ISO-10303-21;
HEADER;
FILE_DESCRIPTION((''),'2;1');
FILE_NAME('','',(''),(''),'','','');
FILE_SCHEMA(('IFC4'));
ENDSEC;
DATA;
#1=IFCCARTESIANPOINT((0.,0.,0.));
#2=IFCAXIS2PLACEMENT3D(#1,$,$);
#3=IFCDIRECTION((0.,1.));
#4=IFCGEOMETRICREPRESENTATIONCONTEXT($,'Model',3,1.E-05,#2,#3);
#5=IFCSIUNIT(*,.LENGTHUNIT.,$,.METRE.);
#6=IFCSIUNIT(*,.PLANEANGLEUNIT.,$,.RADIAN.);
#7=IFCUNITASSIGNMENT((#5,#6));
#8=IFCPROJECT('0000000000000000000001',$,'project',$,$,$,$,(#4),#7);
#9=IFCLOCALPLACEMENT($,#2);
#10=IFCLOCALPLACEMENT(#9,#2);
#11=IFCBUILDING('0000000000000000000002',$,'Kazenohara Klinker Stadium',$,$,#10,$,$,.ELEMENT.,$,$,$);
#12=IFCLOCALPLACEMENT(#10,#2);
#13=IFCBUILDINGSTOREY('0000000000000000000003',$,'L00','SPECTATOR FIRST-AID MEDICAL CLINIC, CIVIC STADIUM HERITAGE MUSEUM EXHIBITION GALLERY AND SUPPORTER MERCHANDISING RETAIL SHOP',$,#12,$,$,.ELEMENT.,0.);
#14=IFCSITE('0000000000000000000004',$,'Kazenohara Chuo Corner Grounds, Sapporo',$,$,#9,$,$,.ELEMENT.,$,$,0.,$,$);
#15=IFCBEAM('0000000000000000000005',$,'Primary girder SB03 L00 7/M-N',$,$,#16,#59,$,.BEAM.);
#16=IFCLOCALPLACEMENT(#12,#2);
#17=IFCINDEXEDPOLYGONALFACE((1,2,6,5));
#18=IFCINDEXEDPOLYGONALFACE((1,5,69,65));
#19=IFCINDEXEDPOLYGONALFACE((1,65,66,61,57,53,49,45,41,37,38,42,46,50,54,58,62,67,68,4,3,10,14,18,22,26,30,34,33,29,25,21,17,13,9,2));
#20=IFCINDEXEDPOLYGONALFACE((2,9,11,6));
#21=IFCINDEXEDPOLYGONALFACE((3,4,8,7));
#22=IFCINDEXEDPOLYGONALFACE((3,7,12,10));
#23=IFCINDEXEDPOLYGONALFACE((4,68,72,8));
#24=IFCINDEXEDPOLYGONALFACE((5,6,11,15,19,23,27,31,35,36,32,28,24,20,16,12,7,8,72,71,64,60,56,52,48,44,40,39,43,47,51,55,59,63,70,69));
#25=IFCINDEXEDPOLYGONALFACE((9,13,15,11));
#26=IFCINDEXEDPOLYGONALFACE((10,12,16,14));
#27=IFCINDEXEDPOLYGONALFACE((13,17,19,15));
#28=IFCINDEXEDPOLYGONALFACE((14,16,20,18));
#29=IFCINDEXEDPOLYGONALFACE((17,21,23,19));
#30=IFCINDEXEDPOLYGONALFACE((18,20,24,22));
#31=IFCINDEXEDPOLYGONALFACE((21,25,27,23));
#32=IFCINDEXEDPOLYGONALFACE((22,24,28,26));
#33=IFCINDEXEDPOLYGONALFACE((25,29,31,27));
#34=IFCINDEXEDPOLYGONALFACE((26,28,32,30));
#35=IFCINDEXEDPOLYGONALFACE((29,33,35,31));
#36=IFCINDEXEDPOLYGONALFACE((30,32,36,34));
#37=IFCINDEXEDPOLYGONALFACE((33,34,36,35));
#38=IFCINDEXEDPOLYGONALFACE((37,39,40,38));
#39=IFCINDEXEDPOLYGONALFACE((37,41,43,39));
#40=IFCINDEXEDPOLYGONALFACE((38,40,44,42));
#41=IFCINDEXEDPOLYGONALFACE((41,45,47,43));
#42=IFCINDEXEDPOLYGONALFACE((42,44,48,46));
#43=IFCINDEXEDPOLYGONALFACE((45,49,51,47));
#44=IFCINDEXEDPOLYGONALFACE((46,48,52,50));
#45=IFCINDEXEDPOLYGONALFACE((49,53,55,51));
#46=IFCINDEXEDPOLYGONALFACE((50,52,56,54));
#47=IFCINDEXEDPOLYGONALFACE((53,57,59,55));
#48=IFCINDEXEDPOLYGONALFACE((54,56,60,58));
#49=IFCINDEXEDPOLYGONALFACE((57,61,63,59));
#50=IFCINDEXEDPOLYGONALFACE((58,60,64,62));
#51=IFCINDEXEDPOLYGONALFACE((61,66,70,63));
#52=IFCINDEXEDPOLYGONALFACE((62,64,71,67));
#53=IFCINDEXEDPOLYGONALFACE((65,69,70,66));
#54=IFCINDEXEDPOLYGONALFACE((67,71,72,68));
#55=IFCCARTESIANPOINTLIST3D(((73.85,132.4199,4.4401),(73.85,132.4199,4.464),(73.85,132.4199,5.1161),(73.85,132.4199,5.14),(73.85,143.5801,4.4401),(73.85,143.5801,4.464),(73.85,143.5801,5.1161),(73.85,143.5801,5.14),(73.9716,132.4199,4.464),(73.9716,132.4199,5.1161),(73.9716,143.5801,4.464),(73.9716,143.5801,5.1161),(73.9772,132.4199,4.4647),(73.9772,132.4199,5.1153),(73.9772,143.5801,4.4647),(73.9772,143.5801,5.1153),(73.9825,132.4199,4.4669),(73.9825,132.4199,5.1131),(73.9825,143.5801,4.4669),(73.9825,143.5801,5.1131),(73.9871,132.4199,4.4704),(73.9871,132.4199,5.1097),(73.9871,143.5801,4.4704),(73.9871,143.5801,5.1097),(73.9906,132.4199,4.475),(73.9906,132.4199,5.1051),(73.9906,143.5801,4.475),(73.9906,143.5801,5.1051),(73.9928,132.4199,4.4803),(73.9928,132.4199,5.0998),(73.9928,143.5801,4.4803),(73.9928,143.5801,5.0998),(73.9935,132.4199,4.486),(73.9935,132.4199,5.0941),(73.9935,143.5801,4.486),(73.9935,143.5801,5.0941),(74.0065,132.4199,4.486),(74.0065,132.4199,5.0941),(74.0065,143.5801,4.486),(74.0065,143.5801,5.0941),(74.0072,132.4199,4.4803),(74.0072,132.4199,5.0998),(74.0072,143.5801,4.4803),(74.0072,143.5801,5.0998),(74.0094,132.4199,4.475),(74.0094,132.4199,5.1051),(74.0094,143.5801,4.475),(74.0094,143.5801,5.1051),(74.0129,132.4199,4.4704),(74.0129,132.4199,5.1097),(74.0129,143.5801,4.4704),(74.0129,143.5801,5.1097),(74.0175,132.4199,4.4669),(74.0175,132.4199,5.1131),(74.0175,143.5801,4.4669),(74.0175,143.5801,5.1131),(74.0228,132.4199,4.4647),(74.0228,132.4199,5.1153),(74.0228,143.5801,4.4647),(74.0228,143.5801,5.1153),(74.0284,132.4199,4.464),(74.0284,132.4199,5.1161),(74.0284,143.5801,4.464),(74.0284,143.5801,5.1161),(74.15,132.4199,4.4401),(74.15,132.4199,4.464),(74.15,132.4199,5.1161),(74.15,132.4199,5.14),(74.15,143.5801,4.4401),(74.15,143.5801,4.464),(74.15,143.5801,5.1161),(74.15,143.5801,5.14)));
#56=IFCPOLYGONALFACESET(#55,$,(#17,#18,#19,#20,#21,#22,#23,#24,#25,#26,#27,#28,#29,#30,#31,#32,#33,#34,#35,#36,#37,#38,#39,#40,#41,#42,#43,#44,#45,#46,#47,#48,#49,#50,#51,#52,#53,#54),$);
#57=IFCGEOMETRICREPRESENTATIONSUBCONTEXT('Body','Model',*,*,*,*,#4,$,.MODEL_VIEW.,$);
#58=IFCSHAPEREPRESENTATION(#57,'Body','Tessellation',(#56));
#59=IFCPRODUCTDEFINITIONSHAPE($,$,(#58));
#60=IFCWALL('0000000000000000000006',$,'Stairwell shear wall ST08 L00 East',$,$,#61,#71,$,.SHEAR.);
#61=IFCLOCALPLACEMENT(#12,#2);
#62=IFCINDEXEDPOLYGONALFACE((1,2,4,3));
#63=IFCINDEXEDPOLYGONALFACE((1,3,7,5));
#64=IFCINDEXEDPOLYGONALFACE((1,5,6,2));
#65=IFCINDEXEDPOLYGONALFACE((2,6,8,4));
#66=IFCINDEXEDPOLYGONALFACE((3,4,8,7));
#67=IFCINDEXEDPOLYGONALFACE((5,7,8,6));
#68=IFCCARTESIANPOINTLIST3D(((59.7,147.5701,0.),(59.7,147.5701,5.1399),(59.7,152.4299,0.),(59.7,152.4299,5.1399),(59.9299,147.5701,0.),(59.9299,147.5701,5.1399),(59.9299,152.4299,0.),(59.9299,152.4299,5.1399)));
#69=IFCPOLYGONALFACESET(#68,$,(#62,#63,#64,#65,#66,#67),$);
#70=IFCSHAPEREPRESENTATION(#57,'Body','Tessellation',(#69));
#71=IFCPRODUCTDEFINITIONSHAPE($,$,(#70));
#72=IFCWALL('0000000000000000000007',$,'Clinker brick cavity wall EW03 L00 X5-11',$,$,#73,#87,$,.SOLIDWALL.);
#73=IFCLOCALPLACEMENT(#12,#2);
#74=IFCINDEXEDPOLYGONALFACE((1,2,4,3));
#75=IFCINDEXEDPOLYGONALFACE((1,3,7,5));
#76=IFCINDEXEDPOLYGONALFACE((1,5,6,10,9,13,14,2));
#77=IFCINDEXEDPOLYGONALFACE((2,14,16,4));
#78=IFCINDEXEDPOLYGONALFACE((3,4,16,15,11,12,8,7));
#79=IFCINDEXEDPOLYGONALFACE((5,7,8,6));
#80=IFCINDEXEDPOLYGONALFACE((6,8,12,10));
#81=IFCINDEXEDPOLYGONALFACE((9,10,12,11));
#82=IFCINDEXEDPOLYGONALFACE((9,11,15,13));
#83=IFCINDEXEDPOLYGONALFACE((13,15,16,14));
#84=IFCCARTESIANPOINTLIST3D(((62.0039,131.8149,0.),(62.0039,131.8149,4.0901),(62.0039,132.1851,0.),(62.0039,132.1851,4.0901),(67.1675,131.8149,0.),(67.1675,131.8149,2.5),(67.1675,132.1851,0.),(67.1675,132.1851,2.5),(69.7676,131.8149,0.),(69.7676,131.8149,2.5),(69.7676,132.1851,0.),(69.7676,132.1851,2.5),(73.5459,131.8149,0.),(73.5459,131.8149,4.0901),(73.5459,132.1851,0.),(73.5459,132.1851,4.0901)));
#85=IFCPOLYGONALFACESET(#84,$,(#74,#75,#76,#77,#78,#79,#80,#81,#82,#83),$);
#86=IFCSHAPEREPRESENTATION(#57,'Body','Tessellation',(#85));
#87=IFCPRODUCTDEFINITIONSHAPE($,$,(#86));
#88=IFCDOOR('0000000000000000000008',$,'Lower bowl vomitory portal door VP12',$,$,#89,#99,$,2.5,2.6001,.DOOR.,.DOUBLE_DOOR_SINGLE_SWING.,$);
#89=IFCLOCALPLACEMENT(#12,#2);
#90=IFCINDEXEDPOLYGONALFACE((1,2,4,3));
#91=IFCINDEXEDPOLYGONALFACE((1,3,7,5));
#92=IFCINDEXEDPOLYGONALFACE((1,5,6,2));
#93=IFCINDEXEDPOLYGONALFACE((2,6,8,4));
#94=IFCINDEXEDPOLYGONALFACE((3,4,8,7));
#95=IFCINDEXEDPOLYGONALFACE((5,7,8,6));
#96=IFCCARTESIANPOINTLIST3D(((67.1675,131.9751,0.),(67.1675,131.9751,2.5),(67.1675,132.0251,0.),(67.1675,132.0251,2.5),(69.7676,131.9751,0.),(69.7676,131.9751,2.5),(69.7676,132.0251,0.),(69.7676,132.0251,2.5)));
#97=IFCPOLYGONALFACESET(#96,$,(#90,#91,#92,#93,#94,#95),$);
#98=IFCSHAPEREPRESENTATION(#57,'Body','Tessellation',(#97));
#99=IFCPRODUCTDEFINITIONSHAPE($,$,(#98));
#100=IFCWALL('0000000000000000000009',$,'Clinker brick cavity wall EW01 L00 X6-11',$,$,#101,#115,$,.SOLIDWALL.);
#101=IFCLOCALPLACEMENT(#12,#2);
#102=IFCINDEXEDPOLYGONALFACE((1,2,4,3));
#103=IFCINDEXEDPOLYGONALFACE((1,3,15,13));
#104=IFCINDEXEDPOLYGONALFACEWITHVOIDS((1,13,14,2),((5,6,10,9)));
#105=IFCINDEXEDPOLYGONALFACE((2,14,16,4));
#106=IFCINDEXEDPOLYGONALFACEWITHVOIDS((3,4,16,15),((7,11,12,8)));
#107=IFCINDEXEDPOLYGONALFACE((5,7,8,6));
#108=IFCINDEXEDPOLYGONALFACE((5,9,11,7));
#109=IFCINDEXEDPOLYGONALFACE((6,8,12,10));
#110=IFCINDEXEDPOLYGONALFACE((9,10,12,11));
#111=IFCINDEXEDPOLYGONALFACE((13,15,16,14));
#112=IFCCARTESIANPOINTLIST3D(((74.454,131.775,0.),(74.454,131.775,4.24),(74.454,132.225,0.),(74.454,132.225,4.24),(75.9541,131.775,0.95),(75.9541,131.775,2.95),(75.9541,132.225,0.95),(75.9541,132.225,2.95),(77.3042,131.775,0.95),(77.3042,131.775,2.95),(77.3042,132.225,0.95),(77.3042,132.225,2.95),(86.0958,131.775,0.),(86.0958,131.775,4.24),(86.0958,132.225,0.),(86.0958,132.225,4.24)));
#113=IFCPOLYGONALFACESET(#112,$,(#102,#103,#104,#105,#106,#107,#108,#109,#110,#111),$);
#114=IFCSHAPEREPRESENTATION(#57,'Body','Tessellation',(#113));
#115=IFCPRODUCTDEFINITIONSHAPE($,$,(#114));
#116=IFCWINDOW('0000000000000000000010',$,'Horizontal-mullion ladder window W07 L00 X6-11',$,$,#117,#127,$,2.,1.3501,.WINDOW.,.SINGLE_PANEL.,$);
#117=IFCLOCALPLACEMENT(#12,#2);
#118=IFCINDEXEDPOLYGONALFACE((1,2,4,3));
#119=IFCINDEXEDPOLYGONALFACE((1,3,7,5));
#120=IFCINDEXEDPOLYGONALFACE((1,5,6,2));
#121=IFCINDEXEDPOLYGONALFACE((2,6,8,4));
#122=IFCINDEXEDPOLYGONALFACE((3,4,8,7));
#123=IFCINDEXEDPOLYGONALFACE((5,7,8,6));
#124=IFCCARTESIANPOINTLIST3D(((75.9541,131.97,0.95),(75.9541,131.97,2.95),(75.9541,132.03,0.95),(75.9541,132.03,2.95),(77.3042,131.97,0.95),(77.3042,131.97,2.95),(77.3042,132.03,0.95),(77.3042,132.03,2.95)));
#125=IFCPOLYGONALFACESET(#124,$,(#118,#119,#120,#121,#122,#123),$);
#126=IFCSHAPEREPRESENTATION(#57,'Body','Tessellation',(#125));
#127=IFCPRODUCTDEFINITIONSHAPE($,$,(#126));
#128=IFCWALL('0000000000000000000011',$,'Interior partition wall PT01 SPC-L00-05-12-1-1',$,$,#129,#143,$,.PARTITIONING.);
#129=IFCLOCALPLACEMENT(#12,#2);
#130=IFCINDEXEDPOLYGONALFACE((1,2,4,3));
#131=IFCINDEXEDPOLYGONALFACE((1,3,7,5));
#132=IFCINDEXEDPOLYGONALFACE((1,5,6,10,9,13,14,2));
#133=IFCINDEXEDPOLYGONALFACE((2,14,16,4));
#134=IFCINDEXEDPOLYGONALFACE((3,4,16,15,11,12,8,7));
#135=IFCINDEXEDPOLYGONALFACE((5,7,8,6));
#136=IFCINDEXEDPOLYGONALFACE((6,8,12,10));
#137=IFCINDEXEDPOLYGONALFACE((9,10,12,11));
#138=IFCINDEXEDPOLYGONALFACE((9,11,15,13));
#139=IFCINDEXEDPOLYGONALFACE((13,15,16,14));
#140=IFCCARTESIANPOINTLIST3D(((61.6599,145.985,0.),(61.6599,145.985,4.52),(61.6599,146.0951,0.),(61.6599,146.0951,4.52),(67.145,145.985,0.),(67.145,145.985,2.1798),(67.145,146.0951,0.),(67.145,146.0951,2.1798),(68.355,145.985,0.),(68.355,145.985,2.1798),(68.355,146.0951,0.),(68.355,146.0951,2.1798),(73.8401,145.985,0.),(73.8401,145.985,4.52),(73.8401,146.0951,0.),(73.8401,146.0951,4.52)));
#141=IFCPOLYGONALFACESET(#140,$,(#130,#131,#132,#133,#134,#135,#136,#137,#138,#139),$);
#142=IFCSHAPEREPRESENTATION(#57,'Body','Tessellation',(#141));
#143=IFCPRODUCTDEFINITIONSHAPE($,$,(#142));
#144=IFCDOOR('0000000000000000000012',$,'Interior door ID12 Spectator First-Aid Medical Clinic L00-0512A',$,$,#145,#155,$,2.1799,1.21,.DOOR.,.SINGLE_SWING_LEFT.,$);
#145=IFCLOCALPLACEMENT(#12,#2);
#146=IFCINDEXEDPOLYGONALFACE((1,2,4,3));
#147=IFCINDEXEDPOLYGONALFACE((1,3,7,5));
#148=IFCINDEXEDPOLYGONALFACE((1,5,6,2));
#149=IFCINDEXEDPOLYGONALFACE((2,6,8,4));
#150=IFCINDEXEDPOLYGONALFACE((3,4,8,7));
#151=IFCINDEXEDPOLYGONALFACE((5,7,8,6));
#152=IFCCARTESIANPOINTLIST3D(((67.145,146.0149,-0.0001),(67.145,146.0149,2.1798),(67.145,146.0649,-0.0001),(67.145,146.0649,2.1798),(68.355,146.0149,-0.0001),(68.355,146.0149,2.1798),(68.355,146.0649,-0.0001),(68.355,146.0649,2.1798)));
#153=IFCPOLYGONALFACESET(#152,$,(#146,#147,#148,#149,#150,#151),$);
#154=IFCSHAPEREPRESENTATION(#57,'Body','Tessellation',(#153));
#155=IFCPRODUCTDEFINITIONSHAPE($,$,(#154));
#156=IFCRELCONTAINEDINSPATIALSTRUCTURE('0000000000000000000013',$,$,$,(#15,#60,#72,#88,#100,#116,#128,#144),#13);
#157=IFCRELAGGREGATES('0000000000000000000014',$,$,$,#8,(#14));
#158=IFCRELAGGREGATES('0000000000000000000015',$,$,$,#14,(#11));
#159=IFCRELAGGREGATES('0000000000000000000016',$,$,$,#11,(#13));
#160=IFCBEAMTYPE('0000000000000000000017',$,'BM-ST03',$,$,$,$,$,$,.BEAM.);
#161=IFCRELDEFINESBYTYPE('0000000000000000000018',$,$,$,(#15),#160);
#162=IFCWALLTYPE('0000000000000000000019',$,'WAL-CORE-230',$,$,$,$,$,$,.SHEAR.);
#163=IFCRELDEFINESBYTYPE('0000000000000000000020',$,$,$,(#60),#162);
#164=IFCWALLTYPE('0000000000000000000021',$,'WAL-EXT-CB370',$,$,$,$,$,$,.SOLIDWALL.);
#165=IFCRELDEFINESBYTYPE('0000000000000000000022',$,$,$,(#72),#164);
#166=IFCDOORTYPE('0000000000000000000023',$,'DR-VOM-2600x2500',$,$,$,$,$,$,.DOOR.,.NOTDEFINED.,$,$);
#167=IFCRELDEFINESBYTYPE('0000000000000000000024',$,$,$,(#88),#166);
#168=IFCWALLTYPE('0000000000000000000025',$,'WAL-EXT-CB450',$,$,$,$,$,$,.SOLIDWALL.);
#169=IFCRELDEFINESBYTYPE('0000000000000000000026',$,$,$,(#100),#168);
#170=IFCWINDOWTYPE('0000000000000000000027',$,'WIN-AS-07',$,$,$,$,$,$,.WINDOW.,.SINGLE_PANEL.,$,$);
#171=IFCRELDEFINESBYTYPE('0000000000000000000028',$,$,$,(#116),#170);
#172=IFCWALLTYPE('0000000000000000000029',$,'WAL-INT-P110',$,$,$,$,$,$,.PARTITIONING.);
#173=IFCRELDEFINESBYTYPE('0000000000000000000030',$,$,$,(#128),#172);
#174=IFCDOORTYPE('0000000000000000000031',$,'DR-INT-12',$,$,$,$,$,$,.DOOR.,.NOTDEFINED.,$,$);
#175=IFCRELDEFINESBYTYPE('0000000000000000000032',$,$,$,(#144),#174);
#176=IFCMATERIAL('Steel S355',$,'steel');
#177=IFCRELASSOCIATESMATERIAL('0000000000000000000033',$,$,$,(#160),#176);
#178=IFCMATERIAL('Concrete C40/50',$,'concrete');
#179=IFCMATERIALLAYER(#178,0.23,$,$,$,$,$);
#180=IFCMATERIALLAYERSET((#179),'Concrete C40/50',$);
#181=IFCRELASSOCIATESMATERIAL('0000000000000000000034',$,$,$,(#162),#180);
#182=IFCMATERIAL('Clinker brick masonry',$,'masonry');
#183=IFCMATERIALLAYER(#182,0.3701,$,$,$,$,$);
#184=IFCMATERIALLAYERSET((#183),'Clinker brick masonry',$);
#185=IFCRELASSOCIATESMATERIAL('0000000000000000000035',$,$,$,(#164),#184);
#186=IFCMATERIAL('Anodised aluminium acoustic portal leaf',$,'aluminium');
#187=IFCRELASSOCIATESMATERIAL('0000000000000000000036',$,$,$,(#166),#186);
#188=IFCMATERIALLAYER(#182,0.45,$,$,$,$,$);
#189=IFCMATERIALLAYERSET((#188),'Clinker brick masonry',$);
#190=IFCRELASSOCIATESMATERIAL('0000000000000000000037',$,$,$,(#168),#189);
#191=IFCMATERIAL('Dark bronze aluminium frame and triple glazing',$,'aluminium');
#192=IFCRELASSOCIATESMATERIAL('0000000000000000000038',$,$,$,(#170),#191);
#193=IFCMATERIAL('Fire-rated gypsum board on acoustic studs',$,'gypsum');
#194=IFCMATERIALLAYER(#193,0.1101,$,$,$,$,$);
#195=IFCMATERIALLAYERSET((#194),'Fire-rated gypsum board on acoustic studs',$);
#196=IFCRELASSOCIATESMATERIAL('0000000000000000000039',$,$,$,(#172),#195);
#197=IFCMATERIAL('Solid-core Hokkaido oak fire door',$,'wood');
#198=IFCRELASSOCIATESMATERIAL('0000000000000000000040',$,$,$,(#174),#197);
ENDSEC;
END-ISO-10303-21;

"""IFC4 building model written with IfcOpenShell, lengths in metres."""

from ifc_helpers import new_model, si_unit, direction, frame, frame_2d, origin, origin_2d, place, context, subcontext, project, spatial, rectangle, i_section, extrude, material, layer, layer_set, material_profile, profile_set, type_object, element, fill, save


model = new_model("IFC4")

# Units and contexts
model_context = context("Model", 3, precision=1e-05, world=origin(), true_north=direction((0.0, 1.0)))
body_context = subcontext(model_context, "Body", "Model", "MODEL_VIEW")
ifc_project = project(units=[si_unit("LENGTHUNIT", "METRE"), si_unit("PLANEANGLEUNIT", "RADIAN")], contexts=[model_context])

# Site, building, storey
site_placement = place(None, origin())
site = spatial("IfcSite", under=ifc_project, at=site_placement, Name="Kazenohara Chuo Corner Grounds, Sapporo", CompositionType="ELEMENT", RefElevation=0.0)
building_placement = place(site_placement, origin())
building = spatial("IfcBuilding", under=site, at=building_placement, Name="Kazenohara Klinker Stadium", CompositionType="ELEMENT")
storey_placement = place(building_placement, origin())
storey = spatial("IfcBuildingStorey", under=building, at=storey_placement, Name="L00", Description="SPECTATOR FIRST-AID MEDICAL CLINIC, CIVIC STADIUM HERITAGE MUSEUM EXHIBITION GALLERY AND SUPPORTER MERCHANDISING RETAIL SHOP", CompositionType="ELEMENT", Elevation=0.0)

# Shared definitions
ifc_material_1 = material(Name="Concrete C40/50", Category="concrete")

# Beam
ifc_material_2 = material(Name="Steel S355", Category="steel")
ifc_material_profile_1 = material_profile(ifc_material_2, i_section(OverallWidth=0.3, OverallDepth=0.7, WebThickness=0.0129, FlangeThickness=0.0239, FilletRadius=0.022, at=origin_2d()), Name="H-700x300x13x24")
ifc_profile_set_1 = profile_set([ifc_material_profile_1], Name="Steel S355")
beam_type_1 = type_object("IfcBeamType", Name="BM-ST03", PredefinedType="BEAM", material=ifc_profile_set_1)
for number, where, z_axis, x_axis, name in (
    (1, (74.0, 132.4199, 4.79), (0.0, 1.0, 0.0), (-1.0, 0.0, 0.0), "Primary girder SB03 L00 7/M-N"),
):
    element("IfcBeam", number, at=place(storey_placement, frame(where, z_axis=z_axis, x_axis=x_axis)), inside=storey, type_object=beam_type_1, Name=name, PredefinedType="BEAM", context=body_context, shape_type="SweptSolid", body=[
        extrude(i_section(OverallWidth=0.3, OverallDepth=0.7, WebThickness=0.0129, FlangeThickness=0.0239, FilletRadius=0.022, at=origin_2d()), origin(), (0.0, 0.0, 1.0), 11.1602),
    ])

# Wall
ifc_layer_1 = layer(ifc_material_1, 0.23)
ifc_layer_set_1 = layer_set([ifc_layer_1], Name="Concrete C40/50")
wall_type_1 = type_object("IfcWallType", Name="WAL-CORE-230", PredefinedType="SHEAR", material=ifc_layer_set_1)
wall_1_placement = place(storey_placement, frame((59.8149, 147.5701, 0.0), z_axis=(0.0, 0.0, 1.0), x_axis=(0.0, 1.0, 0.0)))
element("IfcWall", 2, at=wall_1_placement, inside=storey, type_object=wall_type_1, Name="Stairwell shear wall ST08 L00 East", PredefinedType="SHEAR", context=body_context, shape_type="SweptSolid", body=[
    extrude(rectangle(XDim=4.8599, YDim=0.23, at=frame_2d((2.4299, 0.0))), origin(), (0.0, 0.0, 1.0), 5.1399),
])

# Wall, opening, door
ifc_material_3 = material(Name="Clinker brick masonry", Category="masonry")
ifc_layer_2 = layer(ifc_material_3, 0.3701)
ifc_layer_set_2 = layer_set([ifc_layer_2], Name="Clinker brick masonry")
wall_type_2 = type_object("IfcWallType", Name="WAL-EXT-CB370", PredefinedType="SOLIDWALL", material=ifc_layer_set_2)
wall_2_placement = place(storey_placement, frame((62.0039, 132.0, 0.0), z_axis=(0.0, 0.0, 1.0), x_axis=(1.0, 0.0, 0.0)))
wall_2 = element("IfcWall", 3, at=wall_2_placement, inside=storey, type_object=wall_type_2, Name="Clinker brick cavity wall EW03 L00 X5-11", PredefinedType="SOLIDWALL", context=body_context, shape_type="SweptSolid", body=[
    extrude(rectangle(XDim=11.542, YDim=0.3701, at=frame_2d((5.771, 0.0))), origin(), (0.0, 0.0, 1.0), 4.0901),
])
opening_1_placement = place(wall_2_placement, frame((7.7637, 0.0, 0.0), z_axis=(0.0, 0.0, 1.0), x_axis=(-1.0, 0.0, 0.0)))
opening_1 = element("IfcOpeningElement", 4, at=opening_1_placement, cuts=wall_2, PredefinedType="OPENING", context=body_context, shape_type="SweptSolid", body=[
    extrude(rectangle(XDim=2.6001, YDim=2.5, at=frame_2d((1.3, 1.25))), frame((0.0, 0.1951, 0.0), z_axis=(0.0, -1.0, 0.0), x_axis=(1.0, 0.0, 0.0)), (0.0, 0.0, 1.0), 0.3901),
])
ifc_material_4 = material(Name="Anodised aluminium acoustic portal leaf", Category="aluminium")
door_type_1 = type_object("IfcDoorType", Name="DR-VOM-2600x2500", OperationType="NOTDEFINED", PredefinedType="DOOR", material=ifc_material_4)
door_1_placement = place(opening_1_placement, origin())
door_1 = element("IfcDoor", 5, at=door_1_placement, inside=storey, type_object=door_type_1, Name="Lower bowl vomitory portal door VP12", OperationType="DOUBLE_DOOR_SINGLE_SWING", OverallHeight=2.5, OverallWidth=2.6001, PredefinedType="DOOR", context=body_context, shape_type="SweptSolid", body=[
    extrude(rectangle(XDim=2.6001, YDim=2.5, at=frame_2d((1.3, 1.25))), frame((0.0, 0.0249, 0.0), z_axis=(0.0, -1.0, 0.0), x_axis=(1.0, 0.0, 0.0)), (0.0, 0.0, 1.0), 0.05),
])
fill(opening_1, door_1)

# Wall, opening, window
ifc_layer_3 = layer(ifc_material_3, 0.45)
ifc_layer_set_3 = layer_set([ifc_layer_3], Name="Clinker brick masonry")
wall_type_3 = type_object("IfcWallType", Name="WAL-EXT-CB450", PredefinedType="SOLIDWALL", material=ifc_layer_set_3)
wall_3_placement = place(storey_placement, frame((74.4541, 132.0, 0.0), z_axis=(0.0, 0.0, 1.0), x_axis=(1.0, 0.0, 0.0)))
wall_3 = element("IfcWall", 6, at=wall_3_placement, inside=storey, type_object=wall_type_3, Name="Clinker brick cavity wall EW01 L00 X6-11", PredefinedType="SOLIDWALL", context=body_context, shape_type="SweptSolid", body=[
    extrude(rectangle(XDim=11.6418, YDim=0.45, at=frame_2d((5.8208, 0.0))), origin(), (0.0, 0.0, 1.0), 4.24),
])
opening_2_placement = place(wall_3_placement, frame((1.5, 0.0, 0.95)))
opening_2 = element("IfcOpeningElement", 7, at=opening_2_placement, cuts=wall_3, PredefinedType="OPENING", context=body_context, shape_type="SweptSolid", body=[
    extrude(rectangle(XDim=1.3501, YDim=2.0, at=frame_2d((0.675, 1.0))), frame((0.0, 0.2349, 0.0), z_axis=(0.0, -1.0, 0.0), x_axis=(1.0, 0.0, 0.0)), (0.0, 0.0, 1.0), 0.47),
])
ifc_material_5 = material(Name="Dark bronze aluminium frame and triple glazing", Category="aluminium")
window_type = type_object("IfcWindowType", Name="WIN-AS-07", PartitioningType="SINGLE_PANEL", PredefinedType="WINDOW", material=ifc_material_5)
window_placement = place(opening_2_placement, origin())
window = element("IfcWindow", 8, at=window_placement, inside=storey, type_object=window_type, Name="Horizontal-mullion ladder window W07 L00 X6-11", OverallHeight=2.0, OverallWidth=1.3501, PartitioningType="SINGLE_PANEL", PredefinedType="WINDOW", context=body_context, shape_type="SweptSolid", body=[
    extrude(rectangle(XDim=1.3501, YDim=2.0, at=frame_2d((0.675, 1.0))), frame((0.0, 0.03, 0.0), z_axis=(0.0, -1.0, 0.0), x_axis=(1.0, 0.0, 0.0)), (0.0, 0.0, 1.0), 0.0601),
])
fill(opening_2, window)

# Wall, opening, door
ifc_material_6 = material(Name="Fire-rated gypsum board on acoustic studs", Category="gypsum")
ifc_layer_4 = layer(ifc_material_6, 0.1101)
ifc_layer_set_4 = layer_set([ifc_layer_4], Name="Fire-rated gypsum board on acoustic studs")
wall_type_4 = type_object("IfcWallType", Name="WAL-INT-P110", PredefinedType="PARTITIONING", material=ifc_layer_set_4)
wall_4_placement = place(storey_placement, frame((61.6599, 146.04, 0.0), z_axis=(0.0, 0.0, 1.0), x_axis=(1.0, 0.0, 0.0)))
wall_4 = element("IfcWall", 9, at=wall_4_placement, inside=storey, type_object=wall_type_4, Name="Interior partition wall PT01 SPC-L00-05-12-1-1", PredefinedType="PARTITIONING", context=body_context, shape_type="SweptSolid", body=[
    extrude(rectangle(XDim=12.1802, YDim=0.1101, at=frame_2d((6.0901, 0.0))), origin(), (0.0, 0.0, 1.0), 4.52),
])
opening_3_placement = place(wall_4_placement, frame((5.4851, 0.0, 0.0)))
opening_3 = element("IfcOpeningElement", 10, at=opening_3_placement, cuts=wall_4, PredefinedType="OPENING", context=body_context, shape_type="SweptSolid", body=[
    extrude(rectangle(XDim=1.21, YDim=2.1799, at=frame_2d((0.605, 1.0898))), frame((0.0, 0.0649, 0.0), z_axis=(0.0, -1.0, 0.0), x_axis=(1.0, 0.0, 0.0)), (0.0, 0.0, 1.0), 0.1301),
])
ifc_material_7 = material(Name="Solid-core Hokkaido oak fire door", Category="wood")
door_type_2 = type_object("IfcDoorType", Name="DR-INT-12", OperationType="NOTDEFINED", PredefinedType="DOOR", material=ifc_material_7)
door_2_placement = place(opening_3_placement, origin())
door_2 = element("IfcDoor", 11, at=door_2_placement, inside=storey, type_object=door_type_2, Name="Interior door ID12 Spectator First-Aid Medical Clinic L00-0512A", OperationType="SINGLE_SWING_LEFT", OverallHeight=2.1799, OverallWidth=1.21, PredefinedType="DOOR", context=body_context, shape_type="SweptSolid", body=[
    extrude(rectangle(XDim=1.21, YDim=2.1799, at=frame_2d((0.605, 1.0898))), frame((0.0, 0.0249, 0.0), z_axis=(0.0, -1.0, 0.0), x_axis=(1.0, 0.0, 0.0)), (0.0, 0.0, 1.0), 0.05),
])
fill(opening_3, door_2)

save(model, "model.ifc")
